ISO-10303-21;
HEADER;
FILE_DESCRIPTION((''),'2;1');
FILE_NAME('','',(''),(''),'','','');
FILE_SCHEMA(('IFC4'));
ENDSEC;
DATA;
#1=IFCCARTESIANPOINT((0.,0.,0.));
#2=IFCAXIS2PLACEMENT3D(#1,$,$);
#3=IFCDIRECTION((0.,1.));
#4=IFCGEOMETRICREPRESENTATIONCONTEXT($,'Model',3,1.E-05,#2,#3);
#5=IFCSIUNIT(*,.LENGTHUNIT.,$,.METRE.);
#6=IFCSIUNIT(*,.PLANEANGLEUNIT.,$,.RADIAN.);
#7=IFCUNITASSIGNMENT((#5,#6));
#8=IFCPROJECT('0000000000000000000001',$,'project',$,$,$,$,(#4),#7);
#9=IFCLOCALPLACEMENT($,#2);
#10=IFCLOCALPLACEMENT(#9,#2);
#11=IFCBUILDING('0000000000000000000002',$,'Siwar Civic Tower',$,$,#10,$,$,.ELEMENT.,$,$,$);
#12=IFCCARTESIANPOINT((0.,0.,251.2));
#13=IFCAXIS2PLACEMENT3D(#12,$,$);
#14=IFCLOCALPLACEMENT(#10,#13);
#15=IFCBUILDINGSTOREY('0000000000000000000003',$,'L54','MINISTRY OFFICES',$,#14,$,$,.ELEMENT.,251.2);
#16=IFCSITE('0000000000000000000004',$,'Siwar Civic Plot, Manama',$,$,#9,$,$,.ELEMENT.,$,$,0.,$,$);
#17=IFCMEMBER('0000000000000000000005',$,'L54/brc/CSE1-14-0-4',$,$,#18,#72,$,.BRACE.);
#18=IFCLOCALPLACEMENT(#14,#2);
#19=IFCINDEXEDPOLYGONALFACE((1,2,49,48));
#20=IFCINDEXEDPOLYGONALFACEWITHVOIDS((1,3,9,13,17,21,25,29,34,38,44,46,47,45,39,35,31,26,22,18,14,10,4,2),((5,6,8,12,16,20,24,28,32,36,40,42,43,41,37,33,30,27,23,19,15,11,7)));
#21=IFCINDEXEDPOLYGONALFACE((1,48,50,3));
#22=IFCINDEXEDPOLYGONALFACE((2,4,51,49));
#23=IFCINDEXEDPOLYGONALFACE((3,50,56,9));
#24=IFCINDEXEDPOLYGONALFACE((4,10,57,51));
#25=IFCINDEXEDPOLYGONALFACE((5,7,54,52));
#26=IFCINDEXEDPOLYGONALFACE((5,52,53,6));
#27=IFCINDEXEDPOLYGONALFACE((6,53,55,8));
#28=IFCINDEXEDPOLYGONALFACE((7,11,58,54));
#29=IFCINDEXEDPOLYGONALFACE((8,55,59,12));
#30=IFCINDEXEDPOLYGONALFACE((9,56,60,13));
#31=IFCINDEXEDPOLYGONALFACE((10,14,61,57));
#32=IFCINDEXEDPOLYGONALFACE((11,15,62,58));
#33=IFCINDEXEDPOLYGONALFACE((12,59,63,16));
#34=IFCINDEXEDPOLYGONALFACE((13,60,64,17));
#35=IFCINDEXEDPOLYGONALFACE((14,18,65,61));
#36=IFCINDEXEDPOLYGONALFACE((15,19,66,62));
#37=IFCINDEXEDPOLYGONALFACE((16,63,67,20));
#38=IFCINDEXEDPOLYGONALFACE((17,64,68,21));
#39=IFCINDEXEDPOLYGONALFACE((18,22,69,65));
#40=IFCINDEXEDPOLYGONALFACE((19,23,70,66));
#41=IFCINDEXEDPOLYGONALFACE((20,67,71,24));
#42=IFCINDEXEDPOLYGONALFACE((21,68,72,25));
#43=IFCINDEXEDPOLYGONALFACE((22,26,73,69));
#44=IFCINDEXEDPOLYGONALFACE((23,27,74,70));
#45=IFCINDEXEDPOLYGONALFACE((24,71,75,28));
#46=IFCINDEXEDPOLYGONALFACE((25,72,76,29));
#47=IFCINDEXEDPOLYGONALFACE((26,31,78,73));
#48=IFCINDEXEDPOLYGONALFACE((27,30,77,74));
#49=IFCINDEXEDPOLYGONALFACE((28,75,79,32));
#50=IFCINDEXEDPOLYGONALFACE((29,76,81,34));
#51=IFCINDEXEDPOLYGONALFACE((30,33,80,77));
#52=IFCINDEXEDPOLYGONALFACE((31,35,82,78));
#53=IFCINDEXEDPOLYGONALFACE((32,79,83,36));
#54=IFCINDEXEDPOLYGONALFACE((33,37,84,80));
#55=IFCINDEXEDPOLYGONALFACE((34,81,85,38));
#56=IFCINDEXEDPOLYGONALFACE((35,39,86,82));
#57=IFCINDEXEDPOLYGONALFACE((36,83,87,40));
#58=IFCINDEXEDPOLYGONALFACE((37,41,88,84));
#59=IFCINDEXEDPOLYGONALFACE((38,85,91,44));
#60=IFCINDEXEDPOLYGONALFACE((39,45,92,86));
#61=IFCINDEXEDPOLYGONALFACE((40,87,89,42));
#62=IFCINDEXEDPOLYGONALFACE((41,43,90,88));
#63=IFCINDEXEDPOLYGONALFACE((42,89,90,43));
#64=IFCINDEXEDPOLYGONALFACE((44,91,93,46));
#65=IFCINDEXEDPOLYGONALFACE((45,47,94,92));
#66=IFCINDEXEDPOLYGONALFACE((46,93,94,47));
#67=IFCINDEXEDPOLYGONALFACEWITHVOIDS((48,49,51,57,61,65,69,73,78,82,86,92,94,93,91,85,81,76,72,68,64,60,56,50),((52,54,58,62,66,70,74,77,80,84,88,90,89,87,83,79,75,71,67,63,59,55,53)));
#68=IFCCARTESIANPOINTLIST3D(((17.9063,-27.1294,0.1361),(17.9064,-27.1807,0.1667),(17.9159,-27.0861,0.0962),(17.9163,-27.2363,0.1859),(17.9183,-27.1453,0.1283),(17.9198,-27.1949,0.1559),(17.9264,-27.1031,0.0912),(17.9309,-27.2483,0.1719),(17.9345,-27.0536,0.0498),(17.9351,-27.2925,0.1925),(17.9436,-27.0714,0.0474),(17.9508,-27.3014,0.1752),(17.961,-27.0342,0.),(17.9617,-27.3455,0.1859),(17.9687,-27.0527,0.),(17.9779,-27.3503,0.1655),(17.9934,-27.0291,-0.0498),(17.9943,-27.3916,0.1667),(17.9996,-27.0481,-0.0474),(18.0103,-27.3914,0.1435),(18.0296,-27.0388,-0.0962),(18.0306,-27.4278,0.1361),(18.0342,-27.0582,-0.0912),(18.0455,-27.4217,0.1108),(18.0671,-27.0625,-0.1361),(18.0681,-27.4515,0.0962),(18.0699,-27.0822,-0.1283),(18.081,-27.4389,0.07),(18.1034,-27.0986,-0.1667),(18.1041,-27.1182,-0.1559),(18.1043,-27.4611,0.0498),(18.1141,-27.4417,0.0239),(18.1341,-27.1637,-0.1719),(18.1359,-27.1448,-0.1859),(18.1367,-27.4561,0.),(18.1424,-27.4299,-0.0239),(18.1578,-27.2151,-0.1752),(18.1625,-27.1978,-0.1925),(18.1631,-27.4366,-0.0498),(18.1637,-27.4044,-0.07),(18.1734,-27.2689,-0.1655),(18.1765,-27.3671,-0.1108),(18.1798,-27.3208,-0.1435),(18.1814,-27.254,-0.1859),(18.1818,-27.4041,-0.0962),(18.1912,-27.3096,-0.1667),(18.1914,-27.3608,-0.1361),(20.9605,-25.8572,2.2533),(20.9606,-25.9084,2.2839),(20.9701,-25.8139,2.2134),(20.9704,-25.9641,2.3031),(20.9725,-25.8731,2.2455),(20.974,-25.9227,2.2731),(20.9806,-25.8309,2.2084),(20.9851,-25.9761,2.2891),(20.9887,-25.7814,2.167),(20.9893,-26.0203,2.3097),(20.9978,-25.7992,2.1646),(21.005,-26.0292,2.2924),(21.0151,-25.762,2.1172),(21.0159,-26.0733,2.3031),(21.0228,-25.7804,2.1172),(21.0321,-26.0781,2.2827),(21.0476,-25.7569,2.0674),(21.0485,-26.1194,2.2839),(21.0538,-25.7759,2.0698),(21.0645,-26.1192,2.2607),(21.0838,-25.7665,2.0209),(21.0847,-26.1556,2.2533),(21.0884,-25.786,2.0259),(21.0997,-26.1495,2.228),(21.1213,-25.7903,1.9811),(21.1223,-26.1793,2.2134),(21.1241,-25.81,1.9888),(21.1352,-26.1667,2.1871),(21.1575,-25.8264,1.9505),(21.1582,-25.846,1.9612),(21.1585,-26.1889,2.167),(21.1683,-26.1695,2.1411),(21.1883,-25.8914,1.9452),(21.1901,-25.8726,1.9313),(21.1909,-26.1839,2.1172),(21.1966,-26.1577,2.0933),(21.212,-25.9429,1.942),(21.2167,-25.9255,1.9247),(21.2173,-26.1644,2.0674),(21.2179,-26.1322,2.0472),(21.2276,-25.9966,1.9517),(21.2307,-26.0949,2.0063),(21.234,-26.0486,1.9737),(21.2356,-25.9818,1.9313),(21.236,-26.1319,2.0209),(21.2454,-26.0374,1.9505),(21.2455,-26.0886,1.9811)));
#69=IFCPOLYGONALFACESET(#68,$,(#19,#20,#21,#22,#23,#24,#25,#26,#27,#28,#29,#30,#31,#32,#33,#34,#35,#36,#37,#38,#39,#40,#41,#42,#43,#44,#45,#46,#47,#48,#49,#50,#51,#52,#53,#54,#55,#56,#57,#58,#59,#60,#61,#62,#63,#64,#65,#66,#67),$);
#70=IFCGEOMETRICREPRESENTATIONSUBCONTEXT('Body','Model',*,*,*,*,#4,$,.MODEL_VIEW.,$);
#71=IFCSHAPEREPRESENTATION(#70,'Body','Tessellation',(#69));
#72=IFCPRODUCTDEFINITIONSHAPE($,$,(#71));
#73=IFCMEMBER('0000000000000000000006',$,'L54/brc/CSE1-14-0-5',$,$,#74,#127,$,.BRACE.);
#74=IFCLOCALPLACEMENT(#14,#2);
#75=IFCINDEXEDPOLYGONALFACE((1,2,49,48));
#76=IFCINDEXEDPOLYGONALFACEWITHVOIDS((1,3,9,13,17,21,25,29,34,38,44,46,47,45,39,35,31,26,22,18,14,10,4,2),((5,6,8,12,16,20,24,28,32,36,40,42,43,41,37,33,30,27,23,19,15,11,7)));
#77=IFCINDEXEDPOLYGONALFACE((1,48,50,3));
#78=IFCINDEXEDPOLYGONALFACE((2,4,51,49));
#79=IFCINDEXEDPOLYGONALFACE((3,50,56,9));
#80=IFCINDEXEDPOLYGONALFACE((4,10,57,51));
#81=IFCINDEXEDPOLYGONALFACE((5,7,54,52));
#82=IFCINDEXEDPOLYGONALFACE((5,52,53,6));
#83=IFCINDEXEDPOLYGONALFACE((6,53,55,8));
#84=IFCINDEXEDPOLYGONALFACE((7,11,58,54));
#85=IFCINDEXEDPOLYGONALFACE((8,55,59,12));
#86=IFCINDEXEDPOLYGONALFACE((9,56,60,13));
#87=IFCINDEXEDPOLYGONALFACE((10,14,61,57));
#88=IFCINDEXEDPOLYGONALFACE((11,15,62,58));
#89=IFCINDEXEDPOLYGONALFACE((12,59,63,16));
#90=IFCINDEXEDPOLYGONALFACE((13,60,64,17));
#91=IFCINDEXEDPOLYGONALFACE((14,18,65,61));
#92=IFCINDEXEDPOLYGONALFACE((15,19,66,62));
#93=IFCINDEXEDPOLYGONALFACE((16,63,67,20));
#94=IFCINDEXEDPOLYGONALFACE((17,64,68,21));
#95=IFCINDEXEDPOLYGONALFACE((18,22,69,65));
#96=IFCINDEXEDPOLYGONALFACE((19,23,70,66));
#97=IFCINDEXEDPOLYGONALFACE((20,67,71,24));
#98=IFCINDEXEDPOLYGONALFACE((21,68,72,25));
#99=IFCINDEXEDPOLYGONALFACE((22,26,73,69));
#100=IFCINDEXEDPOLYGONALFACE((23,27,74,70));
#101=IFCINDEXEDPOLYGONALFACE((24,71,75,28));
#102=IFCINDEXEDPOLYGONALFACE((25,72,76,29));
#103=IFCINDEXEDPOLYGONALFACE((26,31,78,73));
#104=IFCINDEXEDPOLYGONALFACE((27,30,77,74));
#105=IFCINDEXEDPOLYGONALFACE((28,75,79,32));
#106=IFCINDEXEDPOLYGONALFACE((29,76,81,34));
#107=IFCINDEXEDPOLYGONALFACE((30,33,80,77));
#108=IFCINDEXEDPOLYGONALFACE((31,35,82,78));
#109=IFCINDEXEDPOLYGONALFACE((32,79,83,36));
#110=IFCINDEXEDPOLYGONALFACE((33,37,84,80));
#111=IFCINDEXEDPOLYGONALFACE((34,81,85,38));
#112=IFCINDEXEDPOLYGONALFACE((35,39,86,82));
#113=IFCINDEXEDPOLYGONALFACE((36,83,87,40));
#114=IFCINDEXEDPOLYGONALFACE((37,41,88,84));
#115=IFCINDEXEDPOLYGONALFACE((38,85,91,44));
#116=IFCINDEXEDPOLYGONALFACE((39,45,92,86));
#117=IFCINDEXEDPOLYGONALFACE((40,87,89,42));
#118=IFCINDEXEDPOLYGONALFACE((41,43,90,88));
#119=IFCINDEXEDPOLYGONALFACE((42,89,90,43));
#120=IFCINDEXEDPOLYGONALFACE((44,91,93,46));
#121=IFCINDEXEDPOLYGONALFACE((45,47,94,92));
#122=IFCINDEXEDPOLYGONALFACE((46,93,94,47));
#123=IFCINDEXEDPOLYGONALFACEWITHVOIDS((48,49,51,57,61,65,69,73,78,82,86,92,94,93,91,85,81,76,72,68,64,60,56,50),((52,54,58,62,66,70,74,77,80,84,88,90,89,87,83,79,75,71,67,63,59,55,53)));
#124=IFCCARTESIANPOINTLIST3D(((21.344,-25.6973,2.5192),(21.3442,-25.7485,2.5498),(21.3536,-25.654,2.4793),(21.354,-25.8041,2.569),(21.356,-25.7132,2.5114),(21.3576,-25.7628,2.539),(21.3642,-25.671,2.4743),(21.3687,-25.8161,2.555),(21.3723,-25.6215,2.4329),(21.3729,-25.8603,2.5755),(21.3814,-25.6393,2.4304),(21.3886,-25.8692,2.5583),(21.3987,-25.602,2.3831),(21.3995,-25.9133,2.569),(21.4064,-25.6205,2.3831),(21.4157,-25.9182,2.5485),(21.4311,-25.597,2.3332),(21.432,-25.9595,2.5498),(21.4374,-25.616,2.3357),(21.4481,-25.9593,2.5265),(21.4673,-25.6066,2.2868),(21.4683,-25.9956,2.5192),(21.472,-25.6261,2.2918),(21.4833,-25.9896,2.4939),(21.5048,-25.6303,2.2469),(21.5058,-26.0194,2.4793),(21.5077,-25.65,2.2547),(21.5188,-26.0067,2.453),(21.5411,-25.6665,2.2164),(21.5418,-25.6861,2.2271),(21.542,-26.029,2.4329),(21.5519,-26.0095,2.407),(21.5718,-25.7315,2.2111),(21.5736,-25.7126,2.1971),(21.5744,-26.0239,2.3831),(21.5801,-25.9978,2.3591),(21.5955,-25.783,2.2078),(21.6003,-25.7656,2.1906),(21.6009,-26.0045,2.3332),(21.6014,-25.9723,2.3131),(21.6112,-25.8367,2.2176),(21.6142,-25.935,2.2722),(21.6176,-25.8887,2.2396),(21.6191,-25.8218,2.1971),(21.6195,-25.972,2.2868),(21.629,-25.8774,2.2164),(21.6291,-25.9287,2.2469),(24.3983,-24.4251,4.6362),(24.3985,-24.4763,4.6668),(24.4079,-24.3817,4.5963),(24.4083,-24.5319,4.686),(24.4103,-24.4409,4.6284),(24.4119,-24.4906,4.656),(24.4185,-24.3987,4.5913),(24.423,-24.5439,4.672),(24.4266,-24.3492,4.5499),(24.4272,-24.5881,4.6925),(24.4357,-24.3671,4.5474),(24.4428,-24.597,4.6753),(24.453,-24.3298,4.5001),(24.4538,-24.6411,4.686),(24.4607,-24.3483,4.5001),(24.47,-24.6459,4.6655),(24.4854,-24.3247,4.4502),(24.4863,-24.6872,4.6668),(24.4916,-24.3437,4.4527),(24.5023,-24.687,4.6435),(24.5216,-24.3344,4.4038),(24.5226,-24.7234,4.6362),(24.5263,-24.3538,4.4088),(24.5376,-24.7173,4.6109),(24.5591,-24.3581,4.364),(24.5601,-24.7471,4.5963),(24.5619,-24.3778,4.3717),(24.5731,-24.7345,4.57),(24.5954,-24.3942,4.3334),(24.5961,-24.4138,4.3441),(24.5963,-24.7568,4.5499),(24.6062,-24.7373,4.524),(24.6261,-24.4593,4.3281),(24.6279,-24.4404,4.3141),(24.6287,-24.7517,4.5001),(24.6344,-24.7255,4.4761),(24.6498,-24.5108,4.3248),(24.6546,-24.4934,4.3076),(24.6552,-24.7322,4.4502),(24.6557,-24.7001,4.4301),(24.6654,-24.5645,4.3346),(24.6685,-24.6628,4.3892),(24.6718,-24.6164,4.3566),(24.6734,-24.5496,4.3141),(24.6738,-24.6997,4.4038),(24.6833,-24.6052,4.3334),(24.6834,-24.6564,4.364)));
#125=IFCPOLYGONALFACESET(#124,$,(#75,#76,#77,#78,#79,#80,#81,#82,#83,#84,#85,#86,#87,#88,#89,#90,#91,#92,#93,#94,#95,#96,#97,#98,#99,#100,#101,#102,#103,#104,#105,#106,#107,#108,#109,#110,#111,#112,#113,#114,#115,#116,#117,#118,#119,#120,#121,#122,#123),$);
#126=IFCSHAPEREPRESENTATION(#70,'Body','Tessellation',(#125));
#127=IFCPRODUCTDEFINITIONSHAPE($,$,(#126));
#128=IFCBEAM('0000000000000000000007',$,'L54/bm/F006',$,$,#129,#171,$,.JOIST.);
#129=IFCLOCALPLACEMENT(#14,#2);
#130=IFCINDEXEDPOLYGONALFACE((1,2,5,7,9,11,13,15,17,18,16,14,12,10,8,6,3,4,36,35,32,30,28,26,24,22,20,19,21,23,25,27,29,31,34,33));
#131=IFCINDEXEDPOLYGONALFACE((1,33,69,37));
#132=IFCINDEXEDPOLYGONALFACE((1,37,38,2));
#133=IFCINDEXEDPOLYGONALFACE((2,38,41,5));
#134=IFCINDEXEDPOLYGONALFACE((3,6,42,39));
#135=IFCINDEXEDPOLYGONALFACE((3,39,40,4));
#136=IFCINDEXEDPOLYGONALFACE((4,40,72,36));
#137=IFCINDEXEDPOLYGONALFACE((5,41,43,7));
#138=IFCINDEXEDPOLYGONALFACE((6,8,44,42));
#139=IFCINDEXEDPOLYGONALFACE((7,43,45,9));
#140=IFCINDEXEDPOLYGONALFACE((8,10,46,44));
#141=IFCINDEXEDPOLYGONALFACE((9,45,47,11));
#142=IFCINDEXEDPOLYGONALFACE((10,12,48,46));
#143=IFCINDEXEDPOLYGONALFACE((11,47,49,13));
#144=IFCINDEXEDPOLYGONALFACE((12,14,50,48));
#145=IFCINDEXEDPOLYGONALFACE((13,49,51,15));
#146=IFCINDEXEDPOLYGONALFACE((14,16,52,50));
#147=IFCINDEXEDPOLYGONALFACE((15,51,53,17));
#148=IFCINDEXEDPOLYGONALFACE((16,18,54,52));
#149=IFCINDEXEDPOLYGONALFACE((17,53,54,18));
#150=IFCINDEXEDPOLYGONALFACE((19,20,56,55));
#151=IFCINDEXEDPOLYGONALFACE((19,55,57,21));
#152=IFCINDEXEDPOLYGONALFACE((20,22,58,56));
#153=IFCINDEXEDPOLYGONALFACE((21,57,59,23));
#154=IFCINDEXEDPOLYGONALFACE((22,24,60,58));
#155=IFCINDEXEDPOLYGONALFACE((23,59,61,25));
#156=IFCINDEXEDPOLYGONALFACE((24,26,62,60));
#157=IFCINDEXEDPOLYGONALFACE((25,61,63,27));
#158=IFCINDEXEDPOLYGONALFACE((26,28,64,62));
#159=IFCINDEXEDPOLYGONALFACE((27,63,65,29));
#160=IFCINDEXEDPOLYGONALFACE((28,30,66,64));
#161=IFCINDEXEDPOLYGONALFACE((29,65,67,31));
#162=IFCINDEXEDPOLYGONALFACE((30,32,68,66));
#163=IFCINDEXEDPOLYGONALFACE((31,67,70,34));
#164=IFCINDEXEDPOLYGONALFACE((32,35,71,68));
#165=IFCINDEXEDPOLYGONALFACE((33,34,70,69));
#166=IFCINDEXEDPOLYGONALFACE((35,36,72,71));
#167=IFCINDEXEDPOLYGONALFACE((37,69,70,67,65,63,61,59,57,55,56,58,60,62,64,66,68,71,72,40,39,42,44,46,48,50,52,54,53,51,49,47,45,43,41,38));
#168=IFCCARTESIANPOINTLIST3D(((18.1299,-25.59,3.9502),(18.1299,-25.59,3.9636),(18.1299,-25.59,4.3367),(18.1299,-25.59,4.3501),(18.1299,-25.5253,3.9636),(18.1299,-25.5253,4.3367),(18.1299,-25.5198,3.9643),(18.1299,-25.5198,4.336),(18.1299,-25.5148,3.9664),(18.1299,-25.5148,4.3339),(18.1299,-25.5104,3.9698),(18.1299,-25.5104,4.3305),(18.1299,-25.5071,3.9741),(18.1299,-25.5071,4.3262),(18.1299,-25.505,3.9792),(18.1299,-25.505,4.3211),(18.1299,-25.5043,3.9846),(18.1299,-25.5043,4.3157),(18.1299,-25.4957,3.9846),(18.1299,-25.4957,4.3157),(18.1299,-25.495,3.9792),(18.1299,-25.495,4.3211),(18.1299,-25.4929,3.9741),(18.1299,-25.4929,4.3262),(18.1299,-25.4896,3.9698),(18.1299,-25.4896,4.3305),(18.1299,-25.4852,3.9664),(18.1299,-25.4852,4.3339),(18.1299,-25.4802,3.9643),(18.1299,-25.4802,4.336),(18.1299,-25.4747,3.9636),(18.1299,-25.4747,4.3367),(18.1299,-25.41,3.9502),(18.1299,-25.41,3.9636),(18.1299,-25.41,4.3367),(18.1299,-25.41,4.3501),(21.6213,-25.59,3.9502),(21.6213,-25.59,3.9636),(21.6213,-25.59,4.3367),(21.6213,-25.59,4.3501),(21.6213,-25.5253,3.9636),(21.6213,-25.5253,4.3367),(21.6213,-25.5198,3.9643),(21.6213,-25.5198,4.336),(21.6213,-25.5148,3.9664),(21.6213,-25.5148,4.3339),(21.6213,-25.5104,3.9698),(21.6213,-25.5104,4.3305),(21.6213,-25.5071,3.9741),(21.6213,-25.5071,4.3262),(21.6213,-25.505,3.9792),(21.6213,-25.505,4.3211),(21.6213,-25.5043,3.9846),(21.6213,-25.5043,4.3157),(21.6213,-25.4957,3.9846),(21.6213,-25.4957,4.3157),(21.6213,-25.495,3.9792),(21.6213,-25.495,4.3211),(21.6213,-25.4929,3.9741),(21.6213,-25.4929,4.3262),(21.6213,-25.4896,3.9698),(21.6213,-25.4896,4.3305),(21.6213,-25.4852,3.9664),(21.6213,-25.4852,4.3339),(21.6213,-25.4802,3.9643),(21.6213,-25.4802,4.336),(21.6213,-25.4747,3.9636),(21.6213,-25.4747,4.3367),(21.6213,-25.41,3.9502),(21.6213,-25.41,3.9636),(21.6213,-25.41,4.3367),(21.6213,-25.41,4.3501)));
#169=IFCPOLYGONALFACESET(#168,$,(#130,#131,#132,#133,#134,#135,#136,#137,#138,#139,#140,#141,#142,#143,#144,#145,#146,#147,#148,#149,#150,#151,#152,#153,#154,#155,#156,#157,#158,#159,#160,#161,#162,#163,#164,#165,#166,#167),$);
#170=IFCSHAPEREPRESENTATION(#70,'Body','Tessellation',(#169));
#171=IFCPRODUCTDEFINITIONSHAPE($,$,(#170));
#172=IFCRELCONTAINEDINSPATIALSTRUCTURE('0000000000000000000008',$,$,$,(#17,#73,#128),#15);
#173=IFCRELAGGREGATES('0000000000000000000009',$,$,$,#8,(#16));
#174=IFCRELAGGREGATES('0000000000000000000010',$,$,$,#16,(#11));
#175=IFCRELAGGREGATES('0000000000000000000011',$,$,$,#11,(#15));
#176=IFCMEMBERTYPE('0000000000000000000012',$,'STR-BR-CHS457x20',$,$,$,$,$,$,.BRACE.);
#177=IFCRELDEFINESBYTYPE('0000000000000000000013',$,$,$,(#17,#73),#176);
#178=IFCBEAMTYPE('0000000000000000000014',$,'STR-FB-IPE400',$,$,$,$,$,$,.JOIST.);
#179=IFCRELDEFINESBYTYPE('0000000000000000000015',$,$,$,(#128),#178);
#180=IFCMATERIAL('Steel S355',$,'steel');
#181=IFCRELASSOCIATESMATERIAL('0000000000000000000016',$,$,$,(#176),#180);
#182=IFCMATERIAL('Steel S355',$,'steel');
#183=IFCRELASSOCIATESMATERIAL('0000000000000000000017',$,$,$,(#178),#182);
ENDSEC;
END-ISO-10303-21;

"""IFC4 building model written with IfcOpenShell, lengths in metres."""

from ifc_helpers import new_model, si_unit, direction, frame, origin, origin_2d, place, context, subcontext, project, spatial, hollow_circle, i_section, extrude, material, material_profile, profile_set, type_object, element, save


model = new_model("IFC4")

# Units and contexts
model_context = context("Model", 3, precision=1e-05, world=origin(), true_north=direction((0.0, 1.0)))
body_context = subcontext(model_context, "Body", "Model", "MODEL_VIEW")
ifc_project = project(units=[si_unit("LENGTHUNIT", "METRE"), si_unit("PLANEANGLEUNIT", "RADIAN")], contexts=[model_context])

# Site, building, storey
site_placement = place(None, origin())
site = spatial("IfcSite", under=ifc_project, at=site_placement, Name="Siwar Civic Plot, Manama", CompositionType="ELEMENT", RefElevation=0.0)
building_placement = place(site_placement, origin())
building = spatial("IfcBuilding", under=site, at=building_placement, Name="Siwar Civic Tower", CompositionType="ELEMENT")
storey_placement = place(building_placement, frame((0.0, 0.0, 251.2)))
storey = spatial("IfcBuildingStorey", under=building, at=storey_placement, Name="L54", Description="MINISTRY OFFICES", CompositionType="ELEMENT", Elevation=251.2)

# Members
ifc_material_1 = material(Name="Steel S355", Category="steel")
ifc_material_profile_1 = material_profile(ifc_material_1, hollow_circle(Radius=0.2285, WallThickness=0.02, at=origin_2d()), Name="CHS457x20")
ifc_profile_set_1 = profile_set([ifc_material_profile_1], Name="Steel S355")
member_type_1 = type_object("IfcMemberType", Name="STR-BR-CHS457x20", PredefinedType="BRACE", material=ifc_profile_set_1)
for number, where, z_axis, x_axis, name in (
    (1, (18.0488, -27.2451, 0.0), (0.777546, 0.323884, 0.538999), (-0.384521, 0.923116, 0.0), "L54/brc/CSE1-14-0-4"),
    (2, (21.4866, -25.813, 2.3831), (0.777572, 0.323895, 0.538955), (-0.384521, 0.923116, 0.0), "L54/brc/CSE1-14-0-5"),
):
    element("IfcMember", number, at=place(storey_placement, frame(where, z_axis=z_axis, x_axis=x_axis)), inside=storey, type_object=member_type_1, Name=name, PredefinedType="BRACE", context=body_context, shape_type="SweptSolid", body=[
        extrude(hollow_circle(Radius=0.2285, WallThickness=0.02, at=origin_2d()), origin(), (0.0, 0.0, 1.0), 3.928),
    ])

# Beam
ifc_material_2 = material(Name="Steel S355", Category="steel")
ifc_material_profile_2 = material_profile(ifc_material_2, i_section(OverallWidth=0.1799, OverallDepth=0.3999, WebThickness=0.0085, FlangeThickness=0.0134, FilletRadius=0.021, at=origin_2d()), Name="IPE400")
ifc_profile_set_2 = profile_set([ifc_material_profile_2], Name="Steel S355")
beam_type_1 = type_object("IfcBeamType", Name="STR-FB-IPE400", PredefinedType="JOIST", material=ifc_profile_set_2)
beam_1_placement = place(storey_placement, frame((18.1299, -25.5, 4.1501), z_axis=(1.0, 0.0, 0.0), x_axis=(0.0, 1.0, 0.0)))
element("IfcBeam", 3, at=beam_1_placement, inside=storey, type_object=beam_type_1, Name="L54/bm/F006", PredefinedType="JOIST", context=body_context, shape_type="SweptSolid", body=[
    extrude(i_section(OverallWidth=0.1799, OverallDepth=0.3999, WebThickness=0.0085, FlangeThickness=0.0134, FilletRadius=0.021, at=origin_2d()), origin(), (0.0, 0.0, 1.0), 3.4915),
])

save(model, "model.ifc")
